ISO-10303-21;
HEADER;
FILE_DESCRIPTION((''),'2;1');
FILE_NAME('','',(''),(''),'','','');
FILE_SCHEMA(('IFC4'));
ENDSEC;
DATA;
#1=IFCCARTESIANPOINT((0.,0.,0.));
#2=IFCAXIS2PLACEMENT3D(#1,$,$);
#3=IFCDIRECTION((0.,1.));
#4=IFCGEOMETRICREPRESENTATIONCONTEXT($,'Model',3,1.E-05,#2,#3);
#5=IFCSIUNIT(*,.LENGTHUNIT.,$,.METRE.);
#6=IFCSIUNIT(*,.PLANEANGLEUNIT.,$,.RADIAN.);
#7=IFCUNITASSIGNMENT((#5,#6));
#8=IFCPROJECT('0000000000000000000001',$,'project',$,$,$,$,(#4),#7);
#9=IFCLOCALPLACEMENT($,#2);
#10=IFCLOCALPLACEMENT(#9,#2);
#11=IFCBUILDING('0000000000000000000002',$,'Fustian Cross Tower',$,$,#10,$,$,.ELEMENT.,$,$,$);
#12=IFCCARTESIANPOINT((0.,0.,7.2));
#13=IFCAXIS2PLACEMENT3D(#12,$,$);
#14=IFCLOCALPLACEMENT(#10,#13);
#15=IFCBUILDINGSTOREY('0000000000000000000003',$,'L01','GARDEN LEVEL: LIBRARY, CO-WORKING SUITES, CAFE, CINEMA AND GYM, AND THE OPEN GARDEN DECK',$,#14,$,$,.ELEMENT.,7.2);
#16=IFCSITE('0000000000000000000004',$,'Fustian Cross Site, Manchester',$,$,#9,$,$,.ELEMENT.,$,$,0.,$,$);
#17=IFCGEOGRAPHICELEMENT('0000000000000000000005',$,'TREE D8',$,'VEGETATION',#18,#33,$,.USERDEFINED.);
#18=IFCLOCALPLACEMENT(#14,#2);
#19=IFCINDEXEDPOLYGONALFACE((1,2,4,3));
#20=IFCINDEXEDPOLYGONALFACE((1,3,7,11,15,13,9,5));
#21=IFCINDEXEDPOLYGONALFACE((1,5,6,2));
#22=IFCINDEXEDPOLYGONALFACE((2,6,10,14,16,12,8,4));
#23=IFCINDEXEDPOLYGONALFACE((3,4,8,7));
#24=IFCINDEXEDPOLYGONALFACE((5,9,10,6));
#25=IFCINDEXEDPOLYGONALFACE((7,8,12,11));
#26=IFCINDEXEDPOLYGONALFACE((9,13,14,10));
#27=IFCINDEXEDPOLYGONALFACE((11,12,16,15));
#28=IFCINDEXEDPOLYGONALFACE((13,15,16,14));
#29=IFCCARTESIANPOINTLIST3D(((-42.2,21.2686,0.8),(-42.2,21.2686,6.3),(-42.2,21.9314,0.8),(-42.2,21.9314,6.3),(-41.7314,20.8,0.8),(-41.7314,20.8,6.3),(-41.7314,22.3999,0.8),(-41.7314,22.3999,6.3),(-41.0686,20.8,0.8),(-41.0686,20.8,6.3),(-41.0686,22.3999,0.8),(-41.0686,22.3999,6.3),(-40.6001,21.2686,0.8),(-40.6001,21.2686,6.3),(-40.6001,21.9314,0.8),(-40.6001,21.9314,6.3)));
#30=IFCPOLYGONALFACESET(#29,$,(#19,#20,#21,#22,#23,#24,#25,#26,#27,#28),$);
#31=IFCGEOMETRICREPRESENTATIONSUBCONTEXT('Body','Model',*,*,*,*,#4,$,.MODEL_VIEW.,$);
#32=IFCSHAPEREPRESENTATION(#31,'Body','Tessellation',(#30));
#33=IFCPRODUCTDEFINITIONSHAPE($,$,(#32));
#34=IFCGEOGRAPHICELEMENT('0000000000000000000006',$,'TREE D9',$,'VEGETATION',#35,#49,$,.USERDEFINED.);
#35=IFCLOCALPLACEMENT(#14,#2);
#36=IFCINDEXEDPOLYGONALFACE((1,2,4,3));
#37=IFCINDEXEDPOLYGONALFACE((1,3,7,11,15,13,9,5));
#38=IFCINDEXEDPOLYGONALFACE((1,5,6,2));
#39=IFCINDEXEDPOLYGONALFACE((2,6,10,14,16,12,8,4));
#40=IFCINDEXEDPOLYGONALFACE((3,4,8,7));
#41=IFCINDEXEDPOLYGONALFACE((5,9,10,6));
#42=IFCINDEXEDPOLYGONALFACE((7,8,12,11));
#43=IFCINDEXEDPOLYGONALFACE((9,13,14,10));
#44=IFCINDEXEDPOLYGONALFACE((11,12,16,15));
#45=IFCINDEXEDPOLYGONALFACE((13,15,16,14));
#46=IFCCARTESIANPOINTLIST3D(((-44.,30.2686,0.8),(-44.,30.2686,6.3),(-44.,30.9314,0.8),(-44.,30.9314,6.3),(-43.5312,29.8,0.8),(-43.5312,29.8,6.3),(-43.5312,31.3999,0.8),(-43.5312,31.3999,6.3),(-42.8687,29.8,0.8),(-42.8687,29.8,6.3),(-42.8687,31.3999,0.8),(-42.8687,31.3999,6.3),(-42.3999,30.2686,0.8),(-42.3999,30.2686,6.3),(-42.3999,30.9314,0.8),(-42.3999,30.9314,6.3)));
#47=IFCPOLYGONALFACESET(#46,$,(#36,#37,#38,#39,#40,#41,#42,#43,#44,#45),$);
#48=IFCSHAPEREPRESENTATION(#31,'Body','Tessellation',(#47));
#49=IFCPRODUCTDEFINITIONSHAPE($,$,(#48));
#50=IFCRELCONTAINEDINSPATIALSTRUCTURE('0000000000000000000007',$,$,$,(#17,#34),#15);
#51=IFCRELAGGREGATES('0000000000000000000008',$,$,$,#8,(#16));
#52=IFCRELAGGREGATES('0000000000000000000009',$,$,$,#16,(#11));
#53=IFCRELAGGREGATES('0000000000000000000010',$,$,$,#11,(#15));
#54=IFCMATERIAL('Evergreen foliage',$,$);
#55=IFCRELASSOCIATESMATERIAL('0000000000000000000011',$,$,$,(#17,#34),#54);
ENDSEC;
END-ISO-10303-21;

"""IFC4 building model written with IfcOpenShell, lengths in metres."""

from ifc_helpers import new_model, si_unit, direction, frame, origin, place, context, subcontext, project, spatial, polyline, outline, extrude, material, element, save


model = new_model("IFC4")

# Units and contexts
model_context = context("Model", 3, precision=1e-05, world=origin(), true_north=direction((0.0, 1.0)))
body_context = subcontext(model_context, "Body", "Model", "MODEL_VIEW")
ifc_project = project(units=[si_unit("LENGTHUNIT", "METRE"), si_unit("PLANEANGLEUNIT", "RADIAN")], contexts=[model_context])

# Site, building, storey
site_placement = place(None, origin())
site = spatial("IfcSite", under=ifc_project, at=site_placement, Name="Fustian Cross Site, Manchester", CompositionType="ELEMENT", RefElevation=0.0)
building_placement = place(site_placement, origin())
building = spatial("IfcBuilding", under=site, at=building_placement, Name="Fustian Cross Tower", CompositionType="ELEMENT")
storey_placement = place(building_placement, frame((0.0, 0.0, 7.2)))
storey = spatial("IfcBuildingStorey", under=building, at=storey_placement, Name="L01", Description="GARDEN LEVEL: LIBRARY, CO-WORKING SUITES, CAFE, CINEMA AND GYM, AND THE OPEN GARDEN DECK", CompositionType="ELEMENT", Elevation=7.2)

# Geographic elements
ifc_material_1 = material(Name="Evergreen foliage")
geographic_element_1_placement = place(storey_placement, frame((0.0, 0.0, 0.8)))
element("IfcGeographicElement", 1, at=geographic_element_1_placement, inside=storey, material=ifc_material_1, Name="TREE D8", ObjectType="VEGETATION", PredefinedType="USERDEFINED", context=body_context, shape_type="SweptSolid", body=[
    extrude(outline(polyline([(-40.6001, 21.9314), (-41.0686, 22.3999), (-41.7314, 22.3999), (-42.2, 21.9314), (-42.2, 21.2686), (-41.7314, 20.8), (-41.0686, 20.8), (-40.6001, 21.2686), (-40.6001, 21.9314)])), origin(), (0.0, 0.0, 1.0), 5.5),
])
geographic_element_2_placement = place(storey_placement, frame((0.0, 0.0, 0.8)))
element("IfcGeographicElement", 2, at=geographic_element_2_placement, inside=storey, material=ifc_material_1, Name="TREE D9", ObjectType="VEGETATION", PredefinedType="USERDEFINED", context=body_context, shape_type="SweptSolid", body=[
    extrude(outline(polyline([(-42.3999, 30.9314), (-42.8687, 31.3999), (-43.5312, 31.3999), (-44.0, 30.9314), (-44.0, 30.2686), (-43.5312, 29.8), (-42.8687, 29.8), (-42.3999, 30.2686), (-42.3999, 30.9314)])), origin(), (0.0, 0.0, 1.0), 5.5),
])

save(model, "model.ifc")
